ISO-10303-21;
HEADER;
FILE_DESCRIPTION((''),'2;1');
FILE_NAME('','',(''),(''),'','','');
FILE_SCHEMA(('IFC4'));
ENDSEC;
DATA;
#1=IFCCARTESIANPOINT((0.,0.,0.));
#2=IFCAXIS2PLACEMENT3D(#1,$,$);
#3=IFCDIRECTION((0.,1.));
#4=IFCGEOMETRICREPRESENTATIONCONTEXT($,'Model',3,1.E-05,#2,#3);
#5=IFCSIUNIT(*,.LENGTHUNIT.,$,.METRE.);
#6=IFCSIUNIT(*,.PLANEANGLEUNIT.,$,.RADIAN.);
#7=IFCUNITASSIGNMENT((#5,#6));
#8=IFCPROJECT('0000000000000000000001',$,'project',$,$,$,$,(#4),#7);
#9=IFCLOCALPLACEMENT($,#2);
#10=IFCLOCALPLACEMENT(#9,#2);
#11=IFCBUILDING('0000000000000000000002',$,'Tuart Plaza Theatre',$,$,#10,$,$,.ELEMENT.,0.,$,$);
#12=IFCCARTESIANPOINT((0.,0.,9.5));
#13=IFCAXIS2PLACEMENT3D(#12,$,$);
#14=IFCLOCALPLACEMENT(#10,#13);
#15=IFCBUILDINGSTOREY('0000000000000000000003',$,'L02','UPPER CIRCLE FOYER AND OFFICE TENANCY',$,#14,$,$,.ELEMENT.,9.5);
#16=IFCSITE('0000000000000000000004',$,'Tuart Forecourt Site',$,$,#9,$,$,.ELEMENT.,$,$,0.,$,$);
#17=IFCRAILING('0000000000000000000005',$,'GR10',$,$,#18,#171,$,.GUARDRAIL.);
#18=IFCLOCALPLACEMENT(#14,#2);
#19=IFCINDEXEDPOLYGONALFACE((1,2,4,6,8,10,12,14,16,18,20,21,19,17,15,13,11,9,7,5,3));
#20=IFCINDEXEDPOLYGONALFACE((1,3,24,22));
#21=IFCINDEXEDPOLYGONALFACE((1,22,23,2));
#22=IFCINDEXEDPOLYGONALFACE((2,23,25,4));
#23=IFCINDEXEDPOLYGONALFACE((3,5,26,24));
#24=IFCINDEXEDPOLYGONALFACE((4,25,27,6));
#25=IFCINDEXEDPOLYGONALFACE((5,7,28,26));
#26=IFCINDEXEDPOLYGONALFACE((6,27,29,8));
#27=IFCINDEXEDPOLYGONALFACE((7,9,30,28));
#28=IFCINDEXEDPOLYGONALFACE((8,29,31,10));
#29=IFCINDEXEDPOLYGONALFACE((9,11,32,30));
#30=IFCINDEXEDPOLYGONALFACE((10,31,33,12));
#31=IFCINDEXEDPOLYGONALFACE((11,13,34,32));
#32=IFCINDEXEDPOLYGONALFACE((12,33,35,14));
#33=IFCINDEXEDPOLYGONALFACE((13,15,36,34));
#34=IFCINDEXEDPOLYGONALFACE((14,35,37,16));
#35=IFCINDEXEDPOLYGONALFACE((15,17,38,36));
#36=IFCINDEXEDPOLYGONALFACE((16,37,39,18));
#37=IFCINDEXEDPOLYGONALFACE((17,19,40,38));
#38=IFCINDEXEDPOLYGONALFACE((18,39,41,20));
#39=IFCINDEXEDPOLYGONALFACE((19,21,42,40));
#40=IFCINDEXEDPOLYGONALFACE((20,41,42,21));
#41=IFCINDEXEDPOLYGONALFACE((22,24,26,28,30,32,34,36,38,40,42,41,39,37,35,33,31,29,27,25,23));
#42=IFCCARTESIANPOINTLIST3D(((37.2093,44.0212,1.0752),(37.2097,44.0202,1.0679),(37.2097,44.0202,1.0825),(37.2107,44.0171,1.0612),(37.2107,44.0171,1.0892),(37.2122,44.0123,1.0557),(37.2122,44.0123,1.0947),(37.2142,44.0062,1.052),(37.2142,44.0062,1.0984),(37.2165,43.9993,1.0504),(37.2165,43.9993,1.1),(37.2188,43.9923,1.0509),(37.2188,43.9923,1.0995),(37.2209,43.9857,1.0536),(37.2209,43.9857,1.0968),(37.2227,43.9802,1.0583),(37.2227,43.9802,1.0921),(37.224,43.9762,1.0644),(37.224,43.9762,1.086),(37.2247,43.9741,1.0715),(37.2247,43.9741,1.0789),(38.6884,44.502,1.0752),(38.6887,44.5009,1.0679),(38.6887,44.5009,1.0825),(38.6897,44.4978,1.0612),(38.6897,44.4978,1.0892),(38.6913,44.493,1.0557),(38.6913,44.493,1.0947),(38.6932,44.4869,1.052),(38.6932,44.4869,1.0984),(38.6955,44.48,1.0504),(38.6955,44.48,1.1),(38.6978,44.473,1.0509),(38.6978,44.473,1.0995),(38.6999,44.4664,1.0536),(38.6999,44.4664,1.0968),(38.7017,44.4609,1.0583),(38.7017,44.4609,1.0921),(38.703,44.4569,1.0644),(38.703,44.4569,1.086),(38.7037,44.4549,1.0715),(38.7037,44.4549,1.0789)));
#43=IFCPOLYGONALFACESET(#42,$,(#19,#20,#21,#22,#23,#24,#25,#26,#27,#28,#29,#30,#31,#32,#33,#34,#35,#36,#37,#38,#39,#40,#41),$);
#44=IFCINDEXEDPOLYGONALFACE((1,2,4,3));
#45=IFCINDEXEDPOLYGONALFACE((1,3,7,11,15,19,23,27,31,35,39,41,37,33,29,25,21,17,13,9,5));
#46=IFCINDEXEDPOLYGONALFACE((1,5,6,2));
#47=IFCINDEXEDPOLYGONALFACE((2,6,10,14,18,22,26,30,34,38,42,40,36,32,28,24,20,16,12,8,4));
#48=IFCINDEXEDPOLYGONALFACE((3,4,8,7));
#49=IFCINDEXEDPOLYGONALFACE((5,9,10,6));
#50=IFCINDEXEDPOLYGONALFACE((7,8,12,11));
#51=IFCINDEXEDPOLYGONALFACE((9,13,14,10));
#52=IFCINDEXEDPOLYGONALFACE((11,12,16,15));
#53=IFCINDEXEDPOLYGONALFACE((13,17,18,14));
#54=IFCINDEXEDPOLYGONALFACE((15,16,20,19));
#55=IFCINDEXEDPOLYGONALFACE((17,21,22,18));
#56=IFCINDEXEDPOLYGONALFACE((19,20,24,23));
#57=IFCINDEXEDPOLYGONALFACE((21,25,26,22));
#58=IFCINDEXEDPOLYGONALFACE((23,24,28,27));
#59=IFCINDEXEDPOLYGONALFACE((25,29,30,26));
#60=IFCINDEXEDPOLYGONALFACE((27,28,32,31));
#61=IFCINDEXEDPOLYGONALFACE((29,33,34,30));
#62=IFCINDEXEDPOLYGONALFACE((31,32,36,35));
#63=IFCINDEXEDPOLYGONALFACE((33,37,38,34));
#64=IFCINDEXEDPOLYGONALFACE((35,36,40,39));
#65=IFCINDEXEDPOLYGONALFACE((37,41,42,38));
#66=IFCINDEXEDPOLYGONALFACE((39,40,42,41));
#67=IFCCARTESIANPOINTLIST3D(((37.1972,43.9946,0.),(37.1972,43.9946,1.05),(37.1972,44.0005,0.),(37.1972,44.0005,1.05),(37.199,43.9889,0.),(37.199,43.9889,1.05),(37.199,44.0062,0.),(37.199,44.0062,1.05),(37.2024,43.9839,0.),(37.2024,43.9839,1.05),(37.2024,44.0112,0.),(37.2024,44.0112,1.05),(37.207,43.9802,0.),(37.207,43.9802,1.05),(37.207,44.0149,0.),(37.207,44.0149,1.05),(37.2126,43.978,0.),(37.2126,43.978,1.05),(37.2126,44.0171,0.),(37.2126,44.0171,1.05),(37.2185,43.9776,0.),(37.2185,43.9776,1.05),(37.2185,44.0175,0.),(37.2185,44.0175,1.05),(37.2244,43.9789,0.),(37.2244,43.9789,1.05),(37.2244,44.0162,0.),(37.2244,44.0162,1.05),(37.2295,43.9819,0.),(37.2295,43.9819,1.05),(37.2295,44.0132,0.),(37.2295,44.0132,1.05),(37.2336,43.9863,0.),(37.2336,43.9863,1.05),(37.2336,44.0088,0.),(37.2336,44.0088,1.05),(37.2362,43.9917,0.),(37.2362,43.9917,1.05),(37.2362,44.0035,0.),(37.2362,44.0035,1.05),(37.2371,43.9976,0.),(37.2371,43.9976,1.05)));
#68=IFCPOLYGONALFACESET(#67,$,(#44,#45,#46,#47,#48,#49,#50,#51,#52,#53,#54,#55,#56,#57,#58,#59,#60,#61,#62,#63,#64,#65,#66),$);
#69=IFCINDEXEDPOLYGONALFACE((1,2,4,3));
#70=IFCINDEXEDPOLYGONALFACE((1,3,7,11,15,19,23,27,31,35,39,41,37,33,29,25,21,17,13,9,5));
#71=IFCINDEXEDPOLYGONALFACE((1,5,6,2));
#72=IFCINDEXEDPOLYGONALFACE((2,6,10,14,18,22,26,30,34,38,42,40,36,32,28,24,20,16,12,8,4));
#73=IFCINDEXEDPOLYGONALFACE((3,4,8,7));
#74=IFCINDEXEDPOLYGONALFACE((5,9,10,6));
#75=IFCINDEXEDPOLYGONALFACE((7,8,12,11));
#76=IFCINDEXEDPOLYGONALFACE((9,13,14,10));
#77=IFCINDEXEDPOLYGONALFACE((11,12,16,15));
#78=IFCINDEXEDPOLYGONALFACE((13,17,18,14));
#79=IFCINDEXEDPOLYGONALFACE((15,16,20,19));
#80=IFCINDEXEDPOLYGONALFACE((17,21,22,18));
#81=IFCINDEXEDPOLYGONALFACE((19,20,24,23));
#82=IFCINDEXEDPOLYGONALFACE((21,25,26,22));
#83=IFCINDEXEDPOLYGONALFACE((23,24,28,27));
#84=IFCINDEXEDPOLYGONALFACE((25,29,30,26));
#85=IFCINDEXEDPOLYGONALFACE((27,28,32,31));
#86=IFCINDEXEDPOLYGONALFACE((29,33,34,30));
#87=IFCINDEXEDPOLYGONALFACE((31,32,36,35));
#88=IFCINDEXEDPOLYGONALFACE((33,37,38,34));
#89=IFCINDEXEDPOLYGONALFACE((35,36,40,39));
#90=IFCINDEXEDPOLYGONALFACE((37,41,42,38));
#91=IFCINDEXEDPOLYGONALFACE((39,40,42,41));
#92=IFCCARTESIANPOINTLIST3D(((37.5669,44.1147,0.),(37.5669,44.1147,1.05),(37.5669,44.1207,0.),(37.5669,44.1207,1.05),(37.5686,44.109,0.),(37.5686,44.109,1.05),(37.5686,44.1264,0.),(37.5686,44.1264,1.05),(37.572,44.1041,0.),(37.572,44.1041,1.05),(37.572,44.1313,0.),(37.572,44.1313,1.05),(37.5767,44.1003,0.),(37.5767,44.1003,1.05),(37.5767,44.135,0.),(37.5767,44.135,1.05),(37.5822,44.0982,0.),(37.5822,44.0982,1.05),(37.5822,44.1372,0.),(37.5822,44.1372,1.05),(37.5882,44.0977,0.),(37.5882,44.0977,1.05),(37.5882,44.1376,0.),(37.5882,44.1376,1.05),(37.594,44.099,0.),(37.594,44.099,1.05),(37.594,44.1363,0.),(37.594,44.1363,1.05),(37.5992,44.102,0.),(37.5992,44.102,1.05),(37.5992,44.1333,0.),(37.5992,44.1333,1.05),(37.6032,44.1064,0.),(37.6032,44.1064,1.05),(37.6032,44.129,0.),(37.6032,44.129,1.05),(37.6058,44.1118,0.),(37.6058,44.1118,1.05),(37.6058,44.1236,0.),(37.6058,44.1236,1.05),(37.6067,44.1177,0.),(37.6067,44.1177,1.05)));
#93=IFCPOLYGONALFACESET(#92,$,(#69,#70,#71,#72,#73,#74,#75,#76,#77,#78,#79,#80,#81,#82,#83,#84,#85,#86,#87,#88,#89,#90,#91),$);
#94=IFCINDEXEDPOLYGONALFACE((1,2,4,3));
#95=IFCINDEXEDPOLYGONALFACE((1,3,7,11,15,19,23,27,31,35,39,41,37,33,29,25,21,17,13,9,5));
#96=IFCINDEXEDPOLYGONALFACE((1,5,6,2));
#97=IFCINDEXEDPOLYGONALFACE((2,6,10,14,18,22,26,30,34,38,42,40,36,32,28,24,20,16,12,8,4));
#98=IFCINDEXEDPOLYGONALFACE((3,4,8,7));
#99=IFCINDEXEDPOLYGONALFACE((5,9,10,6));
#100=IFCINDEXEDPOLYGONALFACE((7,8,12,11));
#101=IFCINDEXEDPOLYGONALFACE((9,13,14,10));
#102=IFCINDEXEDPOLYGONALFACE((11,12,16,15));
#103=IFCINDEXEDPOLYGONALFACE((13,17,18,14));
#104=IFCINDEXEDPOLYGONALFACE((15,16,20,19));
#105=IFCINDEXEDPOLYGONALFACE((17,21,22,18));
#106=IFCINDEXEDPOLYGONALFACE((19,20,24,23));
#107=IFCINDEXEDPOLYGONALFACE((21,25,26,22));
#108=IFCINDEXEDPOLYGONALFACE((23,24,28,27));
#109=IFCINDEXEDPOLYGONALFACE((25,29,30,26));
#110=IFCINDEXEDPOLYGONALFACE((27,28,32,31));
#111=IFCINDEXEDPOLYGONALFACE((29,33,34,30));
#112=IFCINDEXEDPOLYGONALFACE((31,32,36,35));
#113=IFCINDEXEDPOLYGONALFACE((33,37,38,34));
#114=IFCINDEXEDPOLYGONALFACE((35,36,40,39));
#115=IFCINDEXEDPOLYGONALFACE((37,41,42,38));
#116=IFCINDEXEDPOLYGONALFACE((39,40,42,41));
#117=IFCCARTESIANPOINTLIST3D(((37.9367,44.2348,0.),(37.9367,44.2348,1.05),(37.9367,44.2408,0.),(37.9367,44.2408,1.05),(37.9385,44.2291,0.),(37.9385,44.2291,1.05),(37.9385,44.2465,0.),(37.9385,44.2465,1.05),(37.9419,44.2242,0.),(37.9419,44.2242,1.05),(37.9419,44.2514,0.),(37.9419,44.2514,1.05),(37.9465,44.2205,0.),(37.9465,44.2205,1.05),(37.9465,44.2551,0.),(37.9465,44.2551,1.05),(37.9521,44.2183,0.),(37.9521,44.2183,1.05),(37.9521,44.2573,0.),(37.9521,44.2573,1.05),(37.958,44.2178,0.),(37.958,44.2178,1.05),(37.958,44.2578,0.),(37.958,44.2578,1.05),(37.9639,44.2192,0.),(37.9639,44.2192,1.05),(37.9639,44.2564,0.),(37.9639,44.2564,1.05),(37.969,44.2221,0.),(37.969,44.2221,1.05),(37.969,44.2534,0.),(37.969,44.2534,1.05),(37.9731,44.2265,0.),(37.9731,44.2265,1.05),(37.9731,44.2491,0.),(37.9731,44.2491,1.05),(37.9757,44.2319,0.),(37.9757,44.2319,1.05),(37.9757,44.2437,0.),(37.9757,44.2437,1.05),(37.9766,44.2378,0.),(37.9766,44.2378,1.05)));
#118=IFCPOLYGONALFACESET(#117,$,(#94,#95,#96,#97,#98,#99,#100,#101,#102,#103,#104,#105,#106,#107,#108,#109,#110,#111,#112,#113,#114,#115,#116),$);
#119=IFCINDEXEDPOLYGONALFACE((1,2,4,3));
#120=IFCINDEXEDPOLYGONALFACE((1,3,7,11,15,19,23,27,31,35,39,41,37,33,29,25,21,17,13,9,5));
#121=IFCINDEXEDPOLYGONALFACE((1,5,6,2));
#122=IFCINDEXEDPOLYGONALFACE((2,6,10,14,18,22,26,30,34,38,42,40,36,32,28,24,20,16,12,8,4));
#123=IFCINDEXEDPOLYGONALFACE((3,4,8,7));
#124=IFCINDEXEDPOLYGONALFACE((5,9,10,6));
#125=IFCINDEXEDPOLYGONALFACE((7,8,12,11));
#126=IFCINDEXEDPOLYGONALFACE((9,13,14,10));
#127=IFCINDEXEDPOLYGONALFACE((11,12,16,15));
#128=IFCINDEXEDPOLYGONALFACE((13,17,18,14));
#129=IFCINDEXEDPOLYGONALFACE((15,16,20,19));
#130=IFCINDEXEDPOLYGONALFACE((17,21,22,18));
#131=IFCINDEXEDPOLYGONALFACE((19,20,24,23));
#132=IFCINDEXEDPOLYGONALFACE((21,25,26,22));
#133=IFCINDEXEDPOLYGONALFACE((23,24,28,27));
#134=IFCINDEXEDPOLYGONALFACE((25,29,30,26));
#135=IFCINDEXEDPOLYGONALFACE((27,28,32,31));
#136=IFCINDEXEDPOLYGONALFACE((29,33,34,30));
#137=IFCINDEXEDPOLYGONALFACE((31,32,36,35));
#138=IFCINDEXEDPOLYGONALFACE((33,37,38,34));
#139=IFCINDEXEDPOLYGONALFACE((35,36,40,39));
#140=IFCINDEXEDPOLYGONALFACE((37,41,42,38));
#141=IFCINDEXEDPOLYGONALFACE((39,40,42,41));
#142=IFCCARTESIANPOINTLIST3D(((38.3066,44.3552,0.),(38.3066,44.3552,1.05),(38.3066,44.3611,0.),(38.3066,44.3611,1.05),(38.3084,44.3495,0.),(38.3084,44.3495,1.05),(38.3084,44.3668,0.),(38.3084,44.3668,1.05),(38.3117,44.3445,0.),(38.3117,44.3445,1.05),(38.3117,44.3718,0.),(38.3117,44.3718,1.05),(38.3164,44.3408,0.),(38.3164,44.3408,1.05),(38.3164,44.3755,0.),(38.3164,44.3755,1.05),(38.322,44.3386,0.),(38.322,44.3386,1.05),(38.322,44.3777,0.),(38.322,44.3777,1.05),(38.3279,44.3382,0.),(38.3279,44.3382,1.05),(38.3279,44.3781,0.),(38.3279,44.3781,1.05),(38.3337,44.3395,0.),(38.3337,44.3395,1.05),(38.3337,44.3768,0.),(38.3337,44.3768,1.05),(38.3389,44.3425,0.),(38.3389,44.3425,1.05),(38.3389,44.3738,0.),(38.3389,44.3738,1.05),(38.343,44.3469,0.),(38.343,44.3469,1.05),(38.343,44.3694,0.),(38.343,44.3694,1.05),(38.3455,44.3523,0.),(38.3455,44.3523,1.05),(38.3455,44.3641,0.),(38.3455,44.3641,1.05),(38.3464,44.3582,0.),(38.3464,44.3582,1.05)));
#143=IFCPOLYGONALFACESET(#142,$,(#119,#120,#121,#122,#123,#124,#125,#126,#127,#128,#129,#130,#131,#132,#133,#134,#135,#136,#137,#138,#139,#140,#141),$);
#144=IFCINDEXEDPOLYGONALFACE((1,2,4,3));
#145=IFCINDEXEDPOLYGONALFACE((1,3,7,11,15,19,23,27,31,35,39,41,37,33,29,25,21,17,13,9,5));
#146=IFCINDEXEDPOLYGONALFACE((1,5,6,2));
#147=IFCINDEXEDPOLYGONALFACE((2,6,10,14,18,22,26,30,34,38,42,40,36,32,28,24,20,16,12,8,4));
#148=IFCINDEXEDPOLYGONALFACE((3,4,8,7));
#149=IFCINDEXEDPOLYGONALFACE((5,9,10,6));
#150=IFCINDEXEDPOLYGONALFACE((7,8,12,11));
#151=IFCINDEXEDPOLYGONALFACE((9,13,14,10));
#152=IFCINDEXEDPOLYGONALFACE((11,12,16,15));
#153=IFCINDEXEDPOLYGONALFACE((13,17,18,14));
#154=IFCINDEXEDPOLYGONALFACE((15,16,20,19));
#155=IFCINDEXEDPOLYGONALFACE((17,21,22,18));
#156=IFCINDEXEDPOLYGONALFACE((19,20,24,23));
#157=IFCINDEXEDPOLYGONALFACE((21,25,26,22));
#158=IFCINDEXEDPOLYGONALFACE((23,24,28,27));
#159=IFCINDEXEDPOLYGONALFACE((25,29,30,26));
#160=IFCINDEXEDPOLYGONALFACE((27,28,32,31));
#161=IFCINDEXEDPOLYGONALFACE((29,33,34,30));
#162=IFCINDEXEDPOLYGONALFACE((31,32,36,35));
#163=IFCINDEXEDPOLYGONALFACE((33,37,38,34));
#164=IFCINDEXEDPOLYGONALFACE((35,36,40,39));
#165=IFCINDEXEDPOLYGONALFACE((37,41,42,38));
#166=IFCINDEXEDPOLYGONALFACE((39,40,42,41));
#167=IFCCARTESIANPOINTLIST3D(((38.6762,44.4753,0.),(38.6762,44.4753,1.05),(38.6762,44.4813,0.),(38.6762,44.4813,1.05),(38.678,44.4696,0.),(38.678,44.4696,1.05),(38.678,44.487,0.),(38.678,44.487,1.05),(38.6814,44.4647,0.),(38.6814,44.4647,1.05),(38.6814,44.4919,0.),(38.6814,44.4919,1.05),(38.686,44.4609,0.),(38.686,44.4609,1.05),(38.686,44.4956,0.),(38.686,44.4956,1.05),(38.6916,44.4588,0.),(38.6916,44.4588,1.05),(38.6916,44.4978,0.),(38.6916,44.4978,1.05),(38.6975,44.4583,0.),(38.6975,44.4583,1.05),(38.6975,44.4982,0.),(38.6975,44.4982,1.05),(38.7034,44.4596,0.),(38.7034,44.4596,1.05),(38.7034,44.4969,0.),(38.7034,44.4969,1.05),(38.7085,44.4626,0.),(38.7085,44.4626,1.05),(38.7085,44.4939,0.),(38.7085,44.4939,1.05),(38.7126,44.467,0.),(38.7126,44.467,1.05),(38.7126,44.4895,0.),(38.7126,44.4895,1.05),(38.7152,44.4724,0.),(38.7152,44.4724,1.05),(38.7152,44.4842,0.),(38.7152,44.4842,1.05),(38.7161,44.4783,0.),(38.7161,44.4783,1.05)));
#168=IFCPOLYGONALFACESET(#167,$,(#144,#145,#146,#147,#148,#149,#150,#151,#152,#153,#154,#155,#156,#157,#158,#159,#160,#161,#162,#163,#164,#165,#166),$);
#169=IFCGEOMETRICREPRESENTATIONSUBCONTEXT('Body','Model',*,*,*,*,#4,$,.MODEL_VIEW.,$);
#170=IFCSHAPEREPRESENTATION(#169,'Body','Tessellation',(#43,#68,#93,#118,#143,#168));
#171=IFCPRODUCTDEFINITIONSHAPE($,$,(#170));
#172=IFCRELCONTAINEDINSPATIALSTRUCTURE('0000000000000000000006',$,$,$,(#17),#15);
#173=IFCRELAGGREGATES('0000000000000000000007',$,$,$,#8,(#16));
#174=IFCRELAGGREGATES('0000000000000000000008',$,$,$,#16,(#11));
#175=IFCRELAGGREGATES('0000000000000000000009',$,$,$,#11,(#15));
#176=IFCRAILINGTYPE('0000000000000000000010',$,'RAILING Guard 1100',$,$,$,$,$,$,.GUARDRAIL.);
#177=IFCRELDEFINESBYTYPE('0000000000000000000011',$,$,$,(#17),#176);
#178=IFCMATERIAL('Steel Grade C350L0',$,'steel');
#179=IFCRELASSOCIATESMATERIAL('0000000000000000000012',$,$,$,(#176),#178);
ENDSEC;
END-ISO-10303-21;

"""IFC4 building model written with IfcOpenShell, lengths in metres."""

from ifc_helpers import new_model, si_unit, direction, frame, origin, origin_2d, place, context, subcontext, project, spatial, circle, extrude, material, type_object, element, save


model = new_model("IFC4")

# Units and contexts
model_context = context("Model", 3, precision=1e-05, world=origin(), true_north=direction((0.0, 1.0)))
body_context = subcontext(model_context, "Body", "Model", "MODEL_VIEW")
ifc_project = project(units=[si_unit("LENGTHUNIT", "METRE"), si_unit("PLANEANGLEUNIT", "RADIAN")], contexts=[model_context])

# Site, building, storey
site_placement = place(None, origin())
site = spatial("IfcSite", under=ifc_project, at=site_placement, Name="Tuart Forecourt Site", CompositionType="ELEMENT", RefElevation=0.0)
building_placement = place(site_placement, origin())
building = spatial("IfcBuilding", under=site, at=building_placement, Name="Tuart Plaza Theatre", CompositionType="ELEMENT", ElevationOfRefHeight=0.0)
storey_placement = place(building_placement, frame((0.0, 0.0, 9.5)))
storey = spatial("IfcBuildingStorey", under=building, at=storey_placement, Name="L02", Description="UPPER CIRCLE FOYER AND OFFICE TENANCY", CompositionType="ELEMENT", Elevation=9.5)

# Railing
ifc_material_1 = material(Name="Steel Grade C350L0", Category="steel")
railing_type_1 = type_object("IfcRailingType", Name="RAILING Guard 1100", PredefinedType="GUARDRAIL", material=ifc_material_1)
railing_1_placement = place(storey_placement, frame((37.217, 43.9976, 0.0)))
element("IfcRailing", 1, at=railing_1_placement, inside=storey, type_object=railing_type_1, Name="GR10", PredefinedType="GUARDRAIL", context=body_context, shape_type="SweptSolid", body=[
    extrude(circle(Radius=0.0249, at=origin_2d()), frame((0.0, 0.0, 1.0752), z_axis=(0.951027, 0.309107, 0.0), x_axis=(-0.309107, 0.951027, 0.0)), (0.0, 0.0, 1.0), 1.5552),
    extrude(circle(Radius=0.02, at=origin_2d()), origin(), (0.0, 0.0, 1.0), 1.05),
    extrude(circle(Radius=0.02, at=origin_2d()), frame((0.3696, 0.1201, 0.0)), (0.0, 0.0, 1.0), 1.05),
    extrude(circle(Radius=0.02, at=origin_2d()), frame((0.7395, 0.2402, 0.0)), (0.0, 0.0, 1.0), 1.05),
    extrude(circle(Radius=0.02, at=origin_2d()), frame((1.1094, 0.3606, 0.0)), (0.0, 0.0, 1.0), 1.05),
    extrude(circle(Radius=0.02, at=origin_2d()), frame((1.479, 0.4807, 0.0)), (0.0, 0.0, 1.0), 1.05),
])

save(model, "model.ifc")
